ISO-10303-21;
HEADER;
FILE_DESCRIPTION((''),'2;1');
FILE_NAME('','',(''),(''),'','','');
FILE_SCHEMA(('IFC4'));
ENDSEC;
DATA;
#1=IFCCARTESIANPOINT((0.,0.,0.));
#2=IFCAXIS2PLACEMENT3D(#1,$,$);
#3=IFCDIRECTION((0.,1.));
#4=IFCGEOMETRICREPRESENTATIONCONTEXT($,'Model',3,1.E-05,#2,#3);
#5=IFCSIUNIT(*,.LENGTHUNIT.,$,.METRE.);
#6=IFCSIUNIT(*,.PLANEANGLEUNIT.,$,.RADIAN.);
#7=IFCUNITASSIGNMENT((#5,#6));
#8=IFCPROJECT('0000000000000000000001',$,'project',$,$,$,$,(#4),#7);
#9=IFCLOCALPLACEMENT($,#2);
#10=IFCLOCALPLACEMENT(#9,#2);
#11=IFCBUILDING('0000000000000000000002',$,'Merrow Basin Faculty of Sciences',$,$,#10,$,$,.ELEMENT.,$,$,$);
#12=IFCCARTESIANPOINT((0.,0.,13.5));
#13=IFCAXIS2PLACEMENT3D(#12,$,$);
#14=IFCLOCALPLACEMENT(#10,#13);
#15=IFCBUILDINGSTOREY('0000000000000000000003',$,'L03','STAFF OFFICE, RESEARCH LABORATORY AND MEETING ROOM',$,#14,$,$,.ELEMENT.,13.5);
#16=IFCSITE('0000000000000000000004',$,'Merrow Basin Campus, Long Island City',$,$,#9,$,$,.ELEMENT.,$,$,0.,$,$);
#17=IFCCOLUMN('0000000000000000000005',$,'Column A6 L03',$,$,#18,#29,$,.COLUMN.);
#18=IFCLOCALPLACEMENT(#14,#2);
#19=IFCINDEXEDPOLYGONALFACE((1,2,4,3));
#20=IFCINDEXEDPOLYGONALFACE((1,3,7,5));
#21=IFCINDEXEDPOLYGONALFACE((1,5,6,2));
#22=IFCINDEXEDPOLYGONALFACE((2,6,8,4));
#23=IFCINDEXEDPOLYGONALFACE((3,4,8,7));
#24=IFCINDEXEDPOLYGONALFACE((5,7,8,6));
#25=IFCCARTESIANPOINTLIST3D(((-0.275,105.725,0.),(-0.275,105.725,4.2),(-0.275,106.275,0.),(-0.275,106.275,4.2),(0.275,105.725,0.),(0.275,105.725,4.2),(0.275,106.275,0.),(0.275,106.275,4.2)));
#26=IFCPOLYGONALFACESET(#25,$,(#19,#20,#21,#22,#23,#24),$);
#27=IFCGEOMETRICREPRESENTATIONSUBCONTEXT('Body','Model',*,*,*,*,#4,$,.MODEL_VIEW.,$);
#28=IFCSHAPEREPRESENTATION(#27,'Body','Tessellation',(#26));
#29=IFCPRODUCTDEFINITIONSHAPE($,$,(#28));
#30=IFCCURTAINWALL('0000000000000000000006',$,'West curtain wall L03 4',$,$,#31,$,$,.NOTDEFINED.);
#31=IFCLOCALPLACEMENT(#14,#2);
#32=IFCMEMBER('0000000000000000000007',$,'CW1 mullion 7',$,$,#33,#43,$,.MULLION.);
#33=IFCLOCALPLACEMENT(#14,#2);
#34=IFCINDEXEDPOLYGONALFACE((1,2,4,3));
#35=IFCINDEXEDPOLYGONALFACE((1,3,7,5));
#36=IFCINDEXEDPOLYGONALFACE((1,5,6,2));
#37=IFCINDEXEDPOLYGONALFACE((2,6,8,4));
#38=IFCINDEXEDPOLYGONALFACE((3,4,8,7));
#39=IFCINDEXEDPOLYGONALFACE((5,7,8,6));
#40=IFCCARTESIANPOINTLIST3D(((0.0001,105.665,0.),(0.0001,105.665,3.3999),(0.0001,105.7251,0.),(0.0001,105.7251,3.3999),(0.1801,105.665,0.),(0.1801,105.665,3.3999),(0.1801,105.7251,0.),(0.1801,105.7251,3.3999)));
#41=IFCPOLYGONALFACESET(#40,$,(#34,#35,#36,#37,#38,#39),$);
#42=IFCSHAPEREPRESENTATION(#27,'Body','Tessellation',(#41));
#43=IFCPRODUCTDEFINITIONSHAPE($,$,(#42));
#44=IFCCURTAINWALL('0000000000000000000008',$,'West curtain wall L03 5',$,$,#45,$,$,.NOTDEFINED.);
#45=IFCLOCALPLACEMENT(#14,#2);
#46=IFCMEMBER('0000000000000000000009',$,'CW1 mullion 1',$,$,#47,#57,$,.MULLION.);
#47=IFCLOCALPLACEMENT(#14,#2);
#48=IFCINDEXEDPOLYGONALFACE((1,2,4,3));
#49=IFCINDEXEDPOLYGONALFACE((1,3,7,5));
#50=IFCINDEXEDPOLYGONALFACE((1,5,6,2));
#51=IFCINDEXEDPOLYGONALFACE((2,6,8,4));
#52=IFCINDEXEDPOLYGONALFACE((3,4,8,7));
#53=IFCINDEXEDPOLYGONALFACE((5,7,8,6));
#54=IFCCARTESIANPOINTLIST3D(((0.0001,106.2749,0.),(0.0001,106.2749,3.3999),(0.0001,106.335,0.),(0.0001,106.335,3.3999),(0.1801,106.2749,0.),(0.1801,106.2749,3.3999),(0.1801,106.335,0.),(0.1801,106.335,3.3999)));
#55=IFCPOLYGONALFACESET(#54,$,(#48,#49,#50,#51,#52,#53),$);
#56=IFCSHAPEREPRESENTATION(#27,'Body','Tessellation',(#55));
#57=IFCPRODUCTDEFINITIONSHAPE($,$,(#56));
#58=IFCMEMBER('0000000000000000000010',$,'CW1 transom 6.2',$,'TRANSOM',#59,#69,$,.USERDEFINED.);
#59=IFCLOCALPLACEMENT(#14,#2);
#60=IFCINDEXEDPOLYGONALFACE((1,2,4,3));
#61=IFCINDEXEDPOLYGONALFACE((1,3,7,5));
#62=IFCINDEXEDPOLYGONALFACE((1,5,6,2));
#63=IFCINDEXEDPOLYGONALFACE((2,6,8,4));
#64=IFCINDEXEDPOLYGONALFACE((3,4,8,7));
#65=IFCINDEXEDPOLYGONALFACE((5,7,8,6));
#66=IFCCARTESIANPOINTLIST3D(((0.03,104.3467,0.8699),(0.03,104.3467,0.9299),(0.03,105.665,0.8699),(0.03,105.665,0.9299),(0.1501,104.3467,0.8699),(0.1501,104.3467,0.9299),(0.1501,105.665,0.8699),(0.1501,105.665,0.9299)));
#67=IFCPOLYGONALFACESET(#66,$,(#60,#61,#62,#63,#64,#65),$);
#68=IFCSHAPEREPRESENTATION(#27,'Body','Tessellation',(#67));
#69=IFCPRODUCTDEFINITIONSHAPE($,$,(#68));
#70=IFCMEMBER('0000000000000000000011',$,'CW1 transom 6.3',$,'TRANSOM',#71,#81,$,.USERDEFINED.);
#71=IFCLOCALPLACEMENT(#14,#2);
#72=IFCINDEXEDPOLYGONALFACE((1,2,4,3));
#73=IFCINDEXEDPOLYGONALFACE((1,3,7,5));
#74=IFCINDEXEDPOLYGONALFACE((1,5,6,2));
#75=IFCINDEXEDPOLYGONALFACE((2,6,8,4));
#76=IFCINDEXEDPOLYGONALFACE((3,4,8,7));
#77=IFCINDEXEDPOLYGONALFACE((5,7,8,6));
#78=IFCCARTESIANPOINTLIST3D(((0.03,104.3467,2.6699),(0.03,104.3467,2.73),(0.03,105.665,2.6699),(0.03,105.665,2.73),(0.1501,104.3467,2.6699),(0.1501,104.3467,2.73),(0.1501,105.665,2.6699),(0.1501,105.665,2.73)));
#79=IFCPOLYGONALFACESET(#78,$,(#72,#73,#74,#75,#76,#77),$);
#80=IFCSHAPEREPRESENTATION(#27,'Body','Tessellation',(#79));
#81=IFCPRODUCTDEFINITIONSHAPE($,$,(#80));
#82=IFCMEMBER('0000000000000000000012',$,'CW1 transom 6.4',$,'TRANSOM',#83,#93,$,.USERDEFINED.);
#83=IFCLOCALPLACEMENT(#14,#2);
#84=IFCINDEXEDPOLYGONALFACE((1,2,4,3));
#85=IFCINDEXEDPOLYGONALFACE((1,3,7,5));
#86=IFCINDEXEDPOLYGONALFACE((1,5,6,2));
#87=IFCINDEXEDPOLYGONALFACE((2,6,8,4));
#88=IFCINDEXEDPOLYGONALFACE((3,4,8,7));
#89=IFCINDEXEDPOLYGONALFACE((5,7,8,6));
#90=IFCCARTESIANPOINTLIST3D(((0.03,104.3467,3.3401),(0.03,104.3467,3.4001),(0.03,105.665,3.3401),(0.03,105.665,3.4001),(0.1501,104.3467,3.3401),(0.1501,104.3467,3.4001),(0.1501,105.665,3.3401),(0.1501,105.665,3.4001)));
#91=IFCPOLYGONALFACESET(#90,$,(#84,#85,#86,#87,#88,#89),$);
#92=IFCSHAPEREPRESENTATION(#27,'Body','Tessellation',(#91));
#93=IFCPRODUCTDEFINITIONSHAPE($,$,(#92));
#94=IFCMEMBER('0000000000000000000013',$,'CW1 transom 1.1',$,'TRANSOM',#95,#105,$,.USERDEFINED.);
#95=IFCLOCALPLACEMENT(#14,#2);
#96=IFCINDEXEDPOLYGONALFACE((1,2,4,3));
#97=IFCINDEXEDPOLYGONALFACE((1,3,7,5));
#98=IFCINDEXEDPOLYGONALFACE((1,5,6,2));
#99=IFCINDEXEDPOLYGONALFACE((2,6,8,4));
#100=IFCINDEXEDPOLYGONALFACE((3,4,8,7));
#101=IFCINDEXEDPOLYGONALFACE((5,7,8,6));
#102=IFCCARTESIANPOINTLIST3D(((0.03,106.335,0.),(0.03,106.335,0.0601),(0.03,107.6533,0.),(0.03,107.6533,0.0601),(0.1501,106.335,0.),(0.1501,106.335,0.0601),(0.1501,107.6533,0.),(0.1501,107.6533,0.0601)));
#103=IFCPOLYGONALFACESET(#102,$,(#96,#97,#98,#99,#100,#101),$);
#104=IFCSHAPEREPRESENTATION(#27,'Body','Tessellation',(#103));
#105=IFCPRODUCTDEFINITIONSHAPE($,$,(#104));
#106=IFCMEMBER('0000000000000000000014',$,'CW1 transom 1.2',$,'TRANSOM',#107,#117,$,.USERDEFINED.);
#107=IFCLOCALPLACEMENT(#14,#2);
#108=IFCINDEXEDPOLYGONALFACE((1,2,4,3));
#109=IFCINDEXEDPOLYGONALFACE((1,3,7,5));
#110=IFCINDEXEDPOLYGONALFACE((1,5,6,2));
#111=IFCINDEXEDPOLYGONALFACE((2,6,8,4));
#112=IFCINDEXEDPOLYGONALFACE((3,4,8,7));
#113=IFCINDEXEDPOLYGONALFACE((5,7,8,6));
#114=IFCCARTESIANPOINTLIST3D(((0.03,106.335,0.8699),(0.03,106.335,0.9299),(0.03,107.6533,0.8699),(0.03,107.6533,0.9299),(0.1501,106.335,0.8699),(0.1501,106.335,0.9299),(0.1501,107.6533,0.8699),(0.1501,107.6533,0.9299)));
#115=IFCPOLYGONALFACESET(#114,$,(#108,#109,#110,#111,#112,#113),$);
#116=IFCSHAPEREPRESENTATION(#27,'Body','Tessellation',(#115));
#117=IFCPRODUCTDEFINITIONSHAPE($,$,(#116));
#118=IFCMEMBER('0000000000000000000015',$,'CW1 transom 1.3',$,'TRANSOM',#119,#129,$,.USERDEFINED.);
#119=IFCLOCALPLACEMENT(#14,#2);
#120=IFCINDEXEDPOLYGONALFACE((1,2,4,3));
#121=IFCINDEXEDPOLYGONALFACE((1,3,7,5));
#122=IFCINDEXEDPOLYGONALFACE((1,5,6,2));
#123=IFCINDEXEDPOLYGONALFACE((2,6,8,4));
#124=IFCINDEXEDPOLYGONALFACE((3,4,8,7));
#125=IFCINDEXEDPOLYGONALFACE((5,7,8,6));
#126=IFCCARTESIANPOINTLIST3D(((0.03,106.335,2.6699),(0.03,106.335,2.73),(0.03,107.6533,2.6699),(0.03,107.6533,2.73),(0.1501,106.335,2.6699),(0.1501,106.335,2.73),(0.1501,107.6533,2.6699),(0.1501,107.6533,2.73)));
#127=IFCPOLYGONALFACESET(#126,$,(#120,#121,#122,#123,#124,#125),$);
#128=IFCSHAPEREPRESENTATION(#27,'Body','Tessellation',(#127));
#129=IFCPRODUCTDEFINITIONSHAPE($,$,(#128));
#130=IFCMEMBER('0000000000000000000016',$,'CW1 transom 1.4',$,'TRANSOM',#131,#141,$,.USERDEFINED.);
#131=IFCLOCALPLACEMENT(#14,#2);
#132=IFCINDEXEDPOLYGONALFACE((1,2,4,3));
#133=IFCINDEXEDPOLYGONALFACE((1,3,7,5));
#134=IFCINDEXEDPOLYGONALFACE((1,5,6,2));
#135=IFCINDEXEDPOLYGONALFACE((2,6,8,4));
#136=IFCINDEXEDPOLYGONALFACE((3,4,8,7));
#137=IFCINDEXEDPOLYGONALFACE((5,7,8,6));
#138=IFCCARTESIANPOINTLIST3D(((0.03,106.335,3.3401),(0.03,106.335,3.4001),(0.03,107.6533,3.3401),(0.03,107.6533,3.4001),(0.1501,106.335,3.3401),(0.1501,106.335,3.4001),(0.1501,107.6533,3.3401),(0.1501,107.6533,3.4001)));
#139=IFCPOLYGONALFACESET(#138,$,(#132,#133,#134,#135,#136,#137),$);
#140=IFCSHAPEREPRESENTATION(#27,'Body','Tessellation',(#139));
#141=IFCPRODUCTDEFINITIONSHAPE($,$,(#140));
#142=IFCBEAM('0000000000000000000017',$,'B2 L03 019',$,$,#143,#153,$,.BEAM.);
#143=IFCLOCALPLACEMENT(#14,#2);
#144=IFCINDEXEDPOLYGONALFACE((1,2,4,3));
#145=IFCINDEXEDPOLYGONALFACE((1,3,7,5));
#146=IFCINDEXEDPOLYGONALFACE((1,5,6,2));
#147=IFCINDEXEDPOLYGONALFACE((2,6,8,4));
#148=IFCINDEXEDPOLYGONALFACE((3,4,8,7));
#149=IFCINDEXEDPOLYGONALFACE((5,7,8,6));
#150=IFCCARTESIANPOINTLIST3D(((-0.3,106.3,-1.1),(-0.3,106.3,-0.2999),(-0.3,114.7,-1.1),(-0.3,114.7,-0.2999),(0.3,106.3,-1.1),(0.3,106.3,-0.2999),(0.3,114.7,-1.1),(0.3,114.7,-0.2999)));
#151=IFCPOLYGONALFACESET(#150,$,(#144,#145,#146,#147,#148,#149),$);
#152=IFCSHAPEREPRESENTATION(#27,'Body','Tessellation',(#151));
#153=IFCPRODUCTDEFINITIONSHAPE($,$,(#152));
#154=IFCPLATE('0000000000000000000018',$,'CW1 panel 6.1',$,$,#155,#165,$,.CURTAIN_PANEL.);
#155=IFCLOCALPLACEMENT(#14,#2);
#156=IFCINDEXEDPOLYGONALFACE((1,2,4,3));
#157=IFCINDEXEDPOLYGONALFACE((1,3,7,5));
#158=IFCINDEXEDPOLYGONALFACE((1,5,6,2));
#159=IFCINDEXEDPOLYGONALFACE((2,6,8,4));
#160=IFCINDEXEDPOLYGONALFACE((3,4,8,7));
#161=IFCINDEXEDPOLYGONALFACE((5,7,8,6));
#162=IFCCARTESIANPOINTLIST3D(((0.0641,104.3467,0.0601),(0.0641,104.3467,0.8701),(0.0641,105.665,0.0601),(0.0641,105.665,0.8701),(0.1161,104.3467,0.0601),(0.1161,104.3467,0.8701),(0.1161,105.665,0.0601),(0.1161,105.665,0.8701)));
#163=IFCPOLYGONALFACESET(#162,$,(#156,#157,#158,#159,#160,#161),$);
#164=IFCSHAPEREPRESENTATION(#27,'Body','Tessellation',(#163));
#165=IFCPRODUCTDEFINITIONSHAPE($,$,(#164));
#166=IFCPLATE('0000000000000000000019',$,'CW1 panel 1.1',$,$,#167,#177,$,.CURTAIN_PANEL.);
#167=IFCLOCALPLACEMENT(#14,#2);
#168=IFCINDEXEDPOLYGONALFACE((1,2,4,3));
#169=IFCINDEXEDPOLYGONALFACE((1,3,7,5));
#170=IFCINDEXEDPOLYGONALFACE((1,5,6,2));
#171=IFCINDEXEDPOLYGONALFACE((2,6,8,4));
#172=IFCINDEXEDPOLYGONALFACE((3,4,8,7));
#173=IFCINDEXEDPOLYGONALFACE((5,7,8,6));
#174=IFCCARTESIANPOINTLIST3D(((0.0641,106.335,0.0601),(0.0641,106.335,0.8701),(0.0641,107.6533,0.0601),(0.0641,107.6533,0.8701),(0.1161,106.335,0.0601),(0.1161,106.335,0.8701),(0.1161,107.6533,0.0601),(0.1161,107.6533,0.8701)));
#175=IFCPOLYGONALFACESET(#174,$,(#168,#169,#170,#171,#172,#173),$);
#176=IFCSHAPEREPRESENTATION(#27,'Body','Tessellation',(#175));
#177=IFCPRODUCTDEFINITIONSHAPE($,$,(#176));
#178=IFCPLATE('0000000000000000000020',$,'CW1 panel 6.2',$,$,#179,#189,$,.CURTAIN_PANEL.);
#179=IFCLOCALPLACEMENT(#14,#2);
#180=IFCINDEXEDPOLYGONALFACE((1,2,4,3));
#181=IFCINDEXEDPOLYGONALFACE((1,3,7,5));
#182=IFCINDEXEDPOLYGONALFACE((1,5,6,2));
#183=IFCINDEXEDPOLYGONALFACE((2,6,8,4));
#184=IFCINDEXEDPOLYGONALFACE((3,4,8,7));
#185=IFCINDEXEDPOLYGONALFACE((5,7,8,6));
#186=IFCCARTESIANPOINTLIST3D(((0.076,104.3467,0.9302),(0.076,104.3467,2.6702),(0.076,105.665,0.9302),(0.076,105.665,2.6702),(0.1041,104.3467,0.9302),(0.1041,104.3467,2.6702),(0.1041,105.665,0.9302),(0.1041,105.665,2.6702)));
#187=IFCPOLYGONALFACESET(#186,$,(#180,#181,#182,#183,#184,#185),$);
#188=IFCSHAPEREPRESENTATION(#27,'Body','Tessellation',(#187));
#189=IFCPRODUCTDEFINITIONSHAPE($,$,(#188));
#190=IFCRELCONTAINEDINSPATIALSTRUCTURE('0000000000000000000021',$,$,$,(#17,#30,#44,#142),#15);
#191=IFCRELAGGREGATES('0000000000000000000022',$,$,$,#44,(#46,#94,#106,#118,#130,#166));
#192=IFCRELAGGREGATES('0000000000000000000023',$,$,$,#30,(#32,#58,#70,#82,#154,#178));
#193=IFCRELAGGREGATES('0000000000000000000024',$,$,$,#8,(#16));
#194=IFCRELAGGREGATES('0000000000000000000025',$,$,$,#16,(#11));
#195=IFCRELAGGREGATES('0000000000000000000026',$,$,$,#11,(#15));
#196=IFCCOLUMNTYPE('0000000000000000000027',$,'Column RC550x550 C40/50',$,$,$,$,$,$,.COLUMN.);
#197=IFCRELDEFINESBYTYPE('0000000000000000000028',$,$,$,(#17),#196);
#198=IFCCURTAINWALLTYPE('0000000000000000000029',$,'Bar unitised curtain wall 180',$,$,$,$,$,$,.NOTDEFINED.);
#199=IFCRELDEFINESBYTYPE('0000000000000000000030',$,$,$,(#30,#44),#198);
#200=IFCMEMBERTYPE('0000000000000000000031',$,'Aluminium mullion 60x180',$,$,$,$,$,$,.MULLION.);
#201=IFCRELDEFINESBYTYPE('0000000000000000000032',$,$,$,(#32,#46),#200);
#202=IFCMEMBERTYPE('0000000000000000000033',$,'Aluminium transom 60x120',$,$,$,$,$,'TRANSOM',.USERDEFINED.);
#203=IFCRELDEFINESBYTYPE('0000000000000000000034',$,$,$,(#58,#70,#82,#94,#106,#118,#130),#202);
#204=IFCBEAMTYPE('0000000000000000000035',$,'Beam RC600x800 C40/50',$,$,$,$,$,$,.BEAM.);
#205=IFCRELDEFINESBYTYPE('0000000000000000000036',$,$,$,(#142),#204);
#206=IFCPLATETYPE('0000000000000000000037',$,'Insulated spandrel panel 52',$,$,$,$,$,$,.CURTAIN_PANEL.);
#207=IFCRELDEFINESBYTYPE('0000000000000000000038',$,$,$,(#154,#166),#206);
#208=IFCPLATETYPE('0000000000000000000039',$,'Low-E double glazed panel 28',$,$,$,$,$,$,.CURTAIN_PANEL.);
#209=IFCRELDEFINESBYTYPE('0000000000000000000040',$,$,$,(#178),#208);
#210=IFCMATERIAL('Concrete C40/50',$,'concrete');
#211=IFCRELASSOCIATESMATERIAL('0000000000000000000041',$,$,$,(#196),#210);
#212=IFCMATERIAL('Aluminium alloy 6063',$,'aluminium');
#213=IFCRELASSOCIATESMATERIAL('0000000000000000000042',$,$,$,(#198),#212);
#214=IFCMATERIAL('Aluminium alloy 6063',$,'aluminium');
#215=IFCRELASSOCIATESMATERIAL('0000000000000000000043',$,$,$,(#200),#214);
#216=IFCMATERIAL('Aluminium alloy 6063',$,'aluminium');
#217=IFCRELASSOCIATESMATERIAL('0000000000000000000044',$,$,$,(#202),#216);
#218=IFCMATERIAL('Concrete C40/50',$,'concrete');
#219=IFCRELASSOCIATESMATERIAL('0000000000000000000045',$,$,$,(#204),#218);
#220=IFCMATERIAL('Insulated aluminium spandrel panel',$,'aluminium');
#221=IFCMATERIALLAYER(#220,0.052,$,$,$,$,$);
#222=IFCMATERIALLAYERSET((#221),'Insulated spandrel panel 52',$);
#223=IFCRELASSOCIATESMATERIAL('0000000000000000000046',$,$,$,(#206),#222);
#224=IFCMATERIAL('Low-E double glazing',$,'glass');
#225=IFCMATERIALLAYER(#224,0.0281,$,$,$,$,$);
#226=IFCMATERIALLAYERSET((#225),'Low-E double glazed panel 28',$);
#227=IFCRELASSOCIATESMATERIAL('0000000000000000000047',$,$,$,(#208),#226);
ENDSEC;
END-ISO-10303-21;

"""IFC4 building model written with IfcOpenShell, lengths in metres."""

from ifc_helpers import new_model, si_unit, direction, frame, origin, origin_2d, place, context, subcontext, project, spatial, rectangle, extrude, material, layer, layer_set, material_profile, profile_set, type_object, element, aggregate, save


model = new_model("IFC4")

# Units and contexts
model_context = context("Model", 3, precision=1e-05, world=origin(), true_north=direction((0.0, 1.0)))
body_context = subcontext(model_context, "Body", "Model", "MODEL_VIEW")
ifc_project = project(units=[si_unit("LENGTHUNIT", "METRE"), si_unit("PLANEANGLEUNIT", "RADIAN")], contexts=[model_context])

# Site, building, storey
site_placement = place(None, origin())
site = spatial("IfcSite", under=ifc_project, at=site_placement, Name="Merrow Basin Campus, Long Island City", CompositionType="ELEMENT", RefElevation=0.0)
building_placement = place(site_placement, origin())
building = spatial("IfcBuilding", under=site, at=building_placement, Name="Merrow Basin Faculty of Sciences", CompositionType="ELEMENT")
storey_placement = place(building_placement, frame((0.0, 0.0, 13.5)))
storey = spatial("IfcBuildingStorey", under=building, at=storey_placement, Name="L03", Description="STAFF OFFICE, RESEARCH LABORATORY AND MEETING ROOM", CompositionType="ELEMENT", Elevation=13.5)

# Column
ifc_material_1 = material(Name="Concrete C40/50", Category="concrete")
ifc_material_profile_1 = material_profile(ifc_material_1, rectangle(XDim=0.55, YDim=0.55, at=origin_2d()))
ifc_profile_set_1 = profile_set([ifc_material_profile_1], Name="Concrete C40/50")
column_type = type_object("IfcColumnType", Name="Column RC550x550 C40/50", PredefinedType="COLUMN", material=ifc_profile_set_1)
column_placement = place(storey_placement, frame((0.0, 106.0, 0.0), z_axis=(0.0, 0.0, 1.0), x_axis=(1.0, 0.0, 0.0)))
element("IfcColumn", 1, at=column_placement, inside=storey, type_object=column_type, Name="Column A6 L03", PredefinedType="COLUMN", context=body_context, shape_type="SweptSolid", body=[
    extrude(rectangle(XDim=0.55, YDim=0.55, at=origin_2d()), origin(), (0.0, 0.0, 1.0), 4.2),
])

# Curtain walls, members
ifc_material_2 = material(Name="Aluminium alloy 6063", Category="aluminium")
curtain_wall_type = type_object("IfcCurtainWallType", Name="Bar unitised curtain wall 180", PredefinedType="NOTDEFINED", material=ifc_material_2)
curtain_wall_1_placement = place(storey_placement, origin())
curtain_wall_1 = element("IfcCurtainWall", 2, at=curtain_wall_1_placement, inside=storey, type_object=curtain_wall_type, Name="West curtain wall L03 4", PredefinedType="NOTDEFINED")
ifc_material_3 = material(Name="Aluminium alloy 6063", Category="aluminium")
ifc_material_profile_2 = material_profile(ifc_material_3, rectangle(XDim=0.1799, YDim=0.0601, at=origin_2d()))
ifc_profile_set_2 = profile_set([ifc_material_profile_2], Name="Aluminium alloy 6063")
member_type_1 = type_object("IfcMemberType", Name="Aluminium mullion 60x180", PredefinedType="MULLION", material=ifc_profile_set_2)
member_1_placement = place(storey_placement, frame((0.0901, 105.6951, 0.0), z_axis=(0.0, 0.0, 1.0), x_axis=(-1.0, 0.0, 0.0)))
member_1 = element("IfcMember", 3, at=member_1_placement, type_object=member_type_1, Name="CW1 mullion 7", PredefinedType="MULLION", context=body_context, shape_type="SweptSolid", body=[
    extrude(rectangle(XDim=0.1799, YDim=0.0601, at=origin_2d()), origin(), (0.0, 0.0, 1.0), 3.3999),
])
curtain_wall_2_placement = place(storey_placement, origin())
curtain_wall_2 = element("IfcCurtainWall", 4, at=curtain_wall_2_placement, inside=storey, type_object=curtain_wall_type, Name="West curtain wall L03 5", PredefinedType="NOTDEFINED")
member_2_placement = place(storey_placement, frame((0.0901, 106.3049, 0.0), z_axis=(0.0, 0.0, 1.0), x_axis=(-1.0, 0.0, 0.0)))
member_2 = element("IfcMember", 5, at=member_2_placement, type_object=member_type_1, Name="CW1 mullion 1", PredefinedType="MULLION", context=body_context, shape_type="SweptSolid", body=[
    extrude(rectangle(XDim=0.1799, YDim=0.0601, at=origin_2d()), origin(), (0.0, 0.0, 1.0), 3.3999),
])

# Members
ifc_material_4 = material(Name="Aluminium alloy 6063", Category="aluminium")
ifc_material_profile_3 = material_profile(ifc_material_4, rectangle(XDim=0.1201, YDim=0.0601, at=origin_2d()))
ifc_profile_set_3 = profile_set([ifc_material_profile_3], Name="Aluminium alloy 6063")
member_type_2 = type_object("IfcMemberType", Name="Aluminium transom 60x120", ElementType="TRANSOM", PredefinedType="USERDEFINED", material=ifc_profile_set_3)
member_3_placement = place(storey_placement, frame((0.0901, 104.3467, 0.8999), z_axis=(0.0, 1.0, 0.0), x_axis=(-1.0, 0.0, 0.0)))
member_3 = element("IfcMember", 6, at=member_3_placement, type_object=member_type_2, Name="CW1 transom 6.2", ObjectType="TRANSOM", PredefinedType="USERDEFINED", context=body_context, shape_type="SweptSolid", body=[
    extrude(rectangle(XDim=0.1201, YDim=0.0601, at=origin_2d()), origin(), (0.0, 0.0, 1.0), 1.3184),
])
member_4_placement = place(storey_placement, frame((0.0901, 104.3467, 2.7), z_axis=(0.0, 1.0, 0.0), x_axis=(-1.0, 0.0, 0.0)))
member_4 = element("IfcMember", 7, at=member_4_placement, type_object=member_type_2, Name="CW1 transom 6.3", ObjectType="TRANSOM", PredefinedType="USERDEFINED", context=body_context, shape_type="SweptSolid", body=[
    extrude(rectangle(XDim=0.1201, YDim=0.0601, at=origin_2d()), origin(), (0.0, 0.0, 1.0), 1.3184),
])
member_5_placement = place(storey_placement, frame((0.0901, 104.3467, 3.3701), z_axis=(0.0, 1.0, 0.0), x_axis=(-1.0, 0.0, 0.0)))
member_5 = element("IfcMember", 8, at=member_5_placement, type_object=member_type_2, Name="CW1 transom 6.4", ObjectType="TRANSOM", PredefinedType="USERDEFINED", context=body_context, shape_type="SweptSolid", body=[
    extrude(rectangle(XDim=0.1201, YDim=0.0601, at=origin_2d()), origin(), (0.0, 0.0, 1.0), 1.3184),
])
member_6_placement = place(storey_placement, frame((0.0901, 106.335, 0.03), z_axis=(0.0, 1.0, 0.0), x_axis=(-1.0, 0.0, 0.0)))
member_6 = element("IfcMember", 9, at=member_6_placement, type_object=member_type_2, Name="CW1 transom 1.1", ObjectType="TRANSOM", PredefinedType="USERDEFINED", context=body_context, shape_type="SweptSolid", body=[
    extrude(rectangle(XDim=0.1201, YDim=0.0601, at=origin_2d()), origin(), (0.0, 0.0, 1.0), 1.3184),
])
member_7_placement = place(storey_placement, frame((0.0901, 106.335, 0.8999), z_axis=(0.0, 1.0, 0.0), x_axis=(-1.0, 0.0, 0.0)))
member_7 = element("IfcMember", 10, at=member_7_placement, type_object=member_type_2, Name="CW1 transom 1.2", ObjectType="TRANSOM", PredefinedType="USERDEFINED", context=body_context, shape_type="SweptSolid", body=[
    extrude(rectangle(XDim=0.1201, YDim=0.0601, at=origin_2d()), origin(), (0.0, 0.0, 1.0), 1.3184),
])
member_8_placement = place(storey_placement, frame((0.0901, 106.335, 2.7), z_axis=(0.0, 1.0, 0.0), x_axis=(-1.0, 0.0, 0.0)))
member_8 = element("IfcMember", 11, at=member_8_placement, type_object=member_type_2, Name="CW1 transom 1.3", ObjectType="TRANSOM", PredefinedType="USERDEFINED", context=body_context, shape_type="SweptSolid", body=[
    extrude(rectangle(XDim=0.1201, YDim=0.0601, at=origin_2d()), origin(), (0.0, 0.0, 1.0), 1.3184),
])
member_9_placement = place(storey_placement, frame((0.0901, 106.335, 3.3701), z_axis=(0.0, 1.0, 0.0), x_axis=(-1.0, 0.0, 0.0)))
member_9 = element("IfcMember", 12, at=member_9_placement, type_object=member_type_2, Name="CW1 transom 1.4", ObjectType="TRANSOM", PredefinedType="USERDEFINED", context=body_context, shape_type="SweptSolid", body=[
    extrude(rectangle(XDim=0.1201, YDim=0.0601, at=origin_2d()), origin(), (0.0, 0.0, 1.0), 1.3184),
])

# Beam
ifc_material_5 = material(Name="Concrete C40/50", Category="concrete")
ifc_material_profile_4 = material_profile(ifc_material_5, rectangle(XDim=0.6001, YDim=0.8, at=origin_2d()))
ifc_profile_set_4 = profile_set([ifc_material_profile_4], Name="Concrete C40/50")
beam_type = type_object("IfcBeamType", Name="Beam RC600x800 C40/50", PredefinedType="BEAM", material=ifc_profile_set_4)
beam_placement = place(storey_placement, frame((0.0, 106.3, -0.7), z_axis=(0.0, 1.0, 0.0), x_axis=(-1.0, 0.0, 0.0)))
element("IfcBeam", 13, at=beam_placement, inside=storey, type_object=beam_type, Name="B2 L03 019", PredefinedType="BEAM", context=body_context, shape_type="SweptSolid", body=[
    extrude(rectangle(XDim=0.6001, YDim=0.8, at=origin_2d()), origin(), (0.0, 0.0, 1.0), 8.3999),
])

# Plates
ifc_material_6 = material(Name="Insulated aluminium spandrel panel", Category="aluminium")
ifc_layer_1 = layer(ifc_material_6, 0.052)
ifc_layer_set_1 = layer_set([ifc_layer_1], Name="Insulated spandrel panel 52")
plate_type_1 = type_object("IfcPlateType", Name="Insulated spandrel panel 52", PredefinedType="CURTAIN_PANEL", material=ifc_layer_set_1)
plate_1_placement = place(storey_placement, frame((0.0901, 105.0059, 0.0601), z_axis=(0.0, 0.0, 1.0), x_axis=(0.0, 1.0, 0.0)))
plate_1 = element("IfcPlate", 14, at=plate_1_placement, type_object=plate_type_1, Name="CW1 panel 6.1", PredefinedType="CURTAIN_PANEL", context=body_context, shape_type="SweptSolid", body=[
    extrude(rectangle(XDim=1.3184, YDim=0.052, at=origin_2d()), origin(), (0.0, 0.0, 1.0), 0.8101),
])
plate_2_placement = place(storey_placement, frame((0.0901, 106.9941, 0.0601), z_axis=(0.0, 0.0, 1.0), x_axis=(0.0, 1.0, 0.0)))
plate_2 = element("IfcPlate", 15, at=plate_2_placement, type_object=plate_type_1, Name="CW1 panel 1.1", PredefinedType="CURTAIN_PANEL", context=body_context, shape_type="SweptSolid", body=[
    extrude(rectangle(XDim=1.3184, YDim=0.052, at=origin_2d()), origin(), (0.0, 0.0, 1.0), 0.8101),
])
aggregate(curtain_wall_2, [member_2, member_6, member_7, member_8, member_9, plate_2])
ifc_material_7 = material(Name="Low-E double glazing", Category="glass")
ifc_layer_2 = layer(ifc_material_7, 0.0281)
ifc_layer_set_2 = layer_set([ifc_layer_2], Name="Low-E double glazed panel 28")
plate_type_2 = type_object("IfcPlateType", Name="Low-E double glazed panel 28", PredefinedType="CURTAIN_PANEL", material=ifc_layer_set_2)
plate_3_placement = place(storey_placement, frame((0.0901, 105.0059, 0.9302), z_axis=(0.0, 0.0, 1.0), x_axis=(0.0, 1.0, 0.0)))
plate_3 = element("IfcPlate", 16, at=plate_3_placement, type_object=plate_type_2, Name="CW1 panel 6.2", PredefinedType="CURTAIN_PANEL", context=body_context, shape_type="SweptSolid", body=[
    extrude(rectangle(XDim=1.3184, YDim=0.0281, at=origin_2d()), origin(), (0.0, 0.0, 1.0), 1.74),
])
aggregate(curtain_wall_1, [member_1, member_3, member_4, member_5, plate_1, plate_3])

save(model, "model.ifc")
